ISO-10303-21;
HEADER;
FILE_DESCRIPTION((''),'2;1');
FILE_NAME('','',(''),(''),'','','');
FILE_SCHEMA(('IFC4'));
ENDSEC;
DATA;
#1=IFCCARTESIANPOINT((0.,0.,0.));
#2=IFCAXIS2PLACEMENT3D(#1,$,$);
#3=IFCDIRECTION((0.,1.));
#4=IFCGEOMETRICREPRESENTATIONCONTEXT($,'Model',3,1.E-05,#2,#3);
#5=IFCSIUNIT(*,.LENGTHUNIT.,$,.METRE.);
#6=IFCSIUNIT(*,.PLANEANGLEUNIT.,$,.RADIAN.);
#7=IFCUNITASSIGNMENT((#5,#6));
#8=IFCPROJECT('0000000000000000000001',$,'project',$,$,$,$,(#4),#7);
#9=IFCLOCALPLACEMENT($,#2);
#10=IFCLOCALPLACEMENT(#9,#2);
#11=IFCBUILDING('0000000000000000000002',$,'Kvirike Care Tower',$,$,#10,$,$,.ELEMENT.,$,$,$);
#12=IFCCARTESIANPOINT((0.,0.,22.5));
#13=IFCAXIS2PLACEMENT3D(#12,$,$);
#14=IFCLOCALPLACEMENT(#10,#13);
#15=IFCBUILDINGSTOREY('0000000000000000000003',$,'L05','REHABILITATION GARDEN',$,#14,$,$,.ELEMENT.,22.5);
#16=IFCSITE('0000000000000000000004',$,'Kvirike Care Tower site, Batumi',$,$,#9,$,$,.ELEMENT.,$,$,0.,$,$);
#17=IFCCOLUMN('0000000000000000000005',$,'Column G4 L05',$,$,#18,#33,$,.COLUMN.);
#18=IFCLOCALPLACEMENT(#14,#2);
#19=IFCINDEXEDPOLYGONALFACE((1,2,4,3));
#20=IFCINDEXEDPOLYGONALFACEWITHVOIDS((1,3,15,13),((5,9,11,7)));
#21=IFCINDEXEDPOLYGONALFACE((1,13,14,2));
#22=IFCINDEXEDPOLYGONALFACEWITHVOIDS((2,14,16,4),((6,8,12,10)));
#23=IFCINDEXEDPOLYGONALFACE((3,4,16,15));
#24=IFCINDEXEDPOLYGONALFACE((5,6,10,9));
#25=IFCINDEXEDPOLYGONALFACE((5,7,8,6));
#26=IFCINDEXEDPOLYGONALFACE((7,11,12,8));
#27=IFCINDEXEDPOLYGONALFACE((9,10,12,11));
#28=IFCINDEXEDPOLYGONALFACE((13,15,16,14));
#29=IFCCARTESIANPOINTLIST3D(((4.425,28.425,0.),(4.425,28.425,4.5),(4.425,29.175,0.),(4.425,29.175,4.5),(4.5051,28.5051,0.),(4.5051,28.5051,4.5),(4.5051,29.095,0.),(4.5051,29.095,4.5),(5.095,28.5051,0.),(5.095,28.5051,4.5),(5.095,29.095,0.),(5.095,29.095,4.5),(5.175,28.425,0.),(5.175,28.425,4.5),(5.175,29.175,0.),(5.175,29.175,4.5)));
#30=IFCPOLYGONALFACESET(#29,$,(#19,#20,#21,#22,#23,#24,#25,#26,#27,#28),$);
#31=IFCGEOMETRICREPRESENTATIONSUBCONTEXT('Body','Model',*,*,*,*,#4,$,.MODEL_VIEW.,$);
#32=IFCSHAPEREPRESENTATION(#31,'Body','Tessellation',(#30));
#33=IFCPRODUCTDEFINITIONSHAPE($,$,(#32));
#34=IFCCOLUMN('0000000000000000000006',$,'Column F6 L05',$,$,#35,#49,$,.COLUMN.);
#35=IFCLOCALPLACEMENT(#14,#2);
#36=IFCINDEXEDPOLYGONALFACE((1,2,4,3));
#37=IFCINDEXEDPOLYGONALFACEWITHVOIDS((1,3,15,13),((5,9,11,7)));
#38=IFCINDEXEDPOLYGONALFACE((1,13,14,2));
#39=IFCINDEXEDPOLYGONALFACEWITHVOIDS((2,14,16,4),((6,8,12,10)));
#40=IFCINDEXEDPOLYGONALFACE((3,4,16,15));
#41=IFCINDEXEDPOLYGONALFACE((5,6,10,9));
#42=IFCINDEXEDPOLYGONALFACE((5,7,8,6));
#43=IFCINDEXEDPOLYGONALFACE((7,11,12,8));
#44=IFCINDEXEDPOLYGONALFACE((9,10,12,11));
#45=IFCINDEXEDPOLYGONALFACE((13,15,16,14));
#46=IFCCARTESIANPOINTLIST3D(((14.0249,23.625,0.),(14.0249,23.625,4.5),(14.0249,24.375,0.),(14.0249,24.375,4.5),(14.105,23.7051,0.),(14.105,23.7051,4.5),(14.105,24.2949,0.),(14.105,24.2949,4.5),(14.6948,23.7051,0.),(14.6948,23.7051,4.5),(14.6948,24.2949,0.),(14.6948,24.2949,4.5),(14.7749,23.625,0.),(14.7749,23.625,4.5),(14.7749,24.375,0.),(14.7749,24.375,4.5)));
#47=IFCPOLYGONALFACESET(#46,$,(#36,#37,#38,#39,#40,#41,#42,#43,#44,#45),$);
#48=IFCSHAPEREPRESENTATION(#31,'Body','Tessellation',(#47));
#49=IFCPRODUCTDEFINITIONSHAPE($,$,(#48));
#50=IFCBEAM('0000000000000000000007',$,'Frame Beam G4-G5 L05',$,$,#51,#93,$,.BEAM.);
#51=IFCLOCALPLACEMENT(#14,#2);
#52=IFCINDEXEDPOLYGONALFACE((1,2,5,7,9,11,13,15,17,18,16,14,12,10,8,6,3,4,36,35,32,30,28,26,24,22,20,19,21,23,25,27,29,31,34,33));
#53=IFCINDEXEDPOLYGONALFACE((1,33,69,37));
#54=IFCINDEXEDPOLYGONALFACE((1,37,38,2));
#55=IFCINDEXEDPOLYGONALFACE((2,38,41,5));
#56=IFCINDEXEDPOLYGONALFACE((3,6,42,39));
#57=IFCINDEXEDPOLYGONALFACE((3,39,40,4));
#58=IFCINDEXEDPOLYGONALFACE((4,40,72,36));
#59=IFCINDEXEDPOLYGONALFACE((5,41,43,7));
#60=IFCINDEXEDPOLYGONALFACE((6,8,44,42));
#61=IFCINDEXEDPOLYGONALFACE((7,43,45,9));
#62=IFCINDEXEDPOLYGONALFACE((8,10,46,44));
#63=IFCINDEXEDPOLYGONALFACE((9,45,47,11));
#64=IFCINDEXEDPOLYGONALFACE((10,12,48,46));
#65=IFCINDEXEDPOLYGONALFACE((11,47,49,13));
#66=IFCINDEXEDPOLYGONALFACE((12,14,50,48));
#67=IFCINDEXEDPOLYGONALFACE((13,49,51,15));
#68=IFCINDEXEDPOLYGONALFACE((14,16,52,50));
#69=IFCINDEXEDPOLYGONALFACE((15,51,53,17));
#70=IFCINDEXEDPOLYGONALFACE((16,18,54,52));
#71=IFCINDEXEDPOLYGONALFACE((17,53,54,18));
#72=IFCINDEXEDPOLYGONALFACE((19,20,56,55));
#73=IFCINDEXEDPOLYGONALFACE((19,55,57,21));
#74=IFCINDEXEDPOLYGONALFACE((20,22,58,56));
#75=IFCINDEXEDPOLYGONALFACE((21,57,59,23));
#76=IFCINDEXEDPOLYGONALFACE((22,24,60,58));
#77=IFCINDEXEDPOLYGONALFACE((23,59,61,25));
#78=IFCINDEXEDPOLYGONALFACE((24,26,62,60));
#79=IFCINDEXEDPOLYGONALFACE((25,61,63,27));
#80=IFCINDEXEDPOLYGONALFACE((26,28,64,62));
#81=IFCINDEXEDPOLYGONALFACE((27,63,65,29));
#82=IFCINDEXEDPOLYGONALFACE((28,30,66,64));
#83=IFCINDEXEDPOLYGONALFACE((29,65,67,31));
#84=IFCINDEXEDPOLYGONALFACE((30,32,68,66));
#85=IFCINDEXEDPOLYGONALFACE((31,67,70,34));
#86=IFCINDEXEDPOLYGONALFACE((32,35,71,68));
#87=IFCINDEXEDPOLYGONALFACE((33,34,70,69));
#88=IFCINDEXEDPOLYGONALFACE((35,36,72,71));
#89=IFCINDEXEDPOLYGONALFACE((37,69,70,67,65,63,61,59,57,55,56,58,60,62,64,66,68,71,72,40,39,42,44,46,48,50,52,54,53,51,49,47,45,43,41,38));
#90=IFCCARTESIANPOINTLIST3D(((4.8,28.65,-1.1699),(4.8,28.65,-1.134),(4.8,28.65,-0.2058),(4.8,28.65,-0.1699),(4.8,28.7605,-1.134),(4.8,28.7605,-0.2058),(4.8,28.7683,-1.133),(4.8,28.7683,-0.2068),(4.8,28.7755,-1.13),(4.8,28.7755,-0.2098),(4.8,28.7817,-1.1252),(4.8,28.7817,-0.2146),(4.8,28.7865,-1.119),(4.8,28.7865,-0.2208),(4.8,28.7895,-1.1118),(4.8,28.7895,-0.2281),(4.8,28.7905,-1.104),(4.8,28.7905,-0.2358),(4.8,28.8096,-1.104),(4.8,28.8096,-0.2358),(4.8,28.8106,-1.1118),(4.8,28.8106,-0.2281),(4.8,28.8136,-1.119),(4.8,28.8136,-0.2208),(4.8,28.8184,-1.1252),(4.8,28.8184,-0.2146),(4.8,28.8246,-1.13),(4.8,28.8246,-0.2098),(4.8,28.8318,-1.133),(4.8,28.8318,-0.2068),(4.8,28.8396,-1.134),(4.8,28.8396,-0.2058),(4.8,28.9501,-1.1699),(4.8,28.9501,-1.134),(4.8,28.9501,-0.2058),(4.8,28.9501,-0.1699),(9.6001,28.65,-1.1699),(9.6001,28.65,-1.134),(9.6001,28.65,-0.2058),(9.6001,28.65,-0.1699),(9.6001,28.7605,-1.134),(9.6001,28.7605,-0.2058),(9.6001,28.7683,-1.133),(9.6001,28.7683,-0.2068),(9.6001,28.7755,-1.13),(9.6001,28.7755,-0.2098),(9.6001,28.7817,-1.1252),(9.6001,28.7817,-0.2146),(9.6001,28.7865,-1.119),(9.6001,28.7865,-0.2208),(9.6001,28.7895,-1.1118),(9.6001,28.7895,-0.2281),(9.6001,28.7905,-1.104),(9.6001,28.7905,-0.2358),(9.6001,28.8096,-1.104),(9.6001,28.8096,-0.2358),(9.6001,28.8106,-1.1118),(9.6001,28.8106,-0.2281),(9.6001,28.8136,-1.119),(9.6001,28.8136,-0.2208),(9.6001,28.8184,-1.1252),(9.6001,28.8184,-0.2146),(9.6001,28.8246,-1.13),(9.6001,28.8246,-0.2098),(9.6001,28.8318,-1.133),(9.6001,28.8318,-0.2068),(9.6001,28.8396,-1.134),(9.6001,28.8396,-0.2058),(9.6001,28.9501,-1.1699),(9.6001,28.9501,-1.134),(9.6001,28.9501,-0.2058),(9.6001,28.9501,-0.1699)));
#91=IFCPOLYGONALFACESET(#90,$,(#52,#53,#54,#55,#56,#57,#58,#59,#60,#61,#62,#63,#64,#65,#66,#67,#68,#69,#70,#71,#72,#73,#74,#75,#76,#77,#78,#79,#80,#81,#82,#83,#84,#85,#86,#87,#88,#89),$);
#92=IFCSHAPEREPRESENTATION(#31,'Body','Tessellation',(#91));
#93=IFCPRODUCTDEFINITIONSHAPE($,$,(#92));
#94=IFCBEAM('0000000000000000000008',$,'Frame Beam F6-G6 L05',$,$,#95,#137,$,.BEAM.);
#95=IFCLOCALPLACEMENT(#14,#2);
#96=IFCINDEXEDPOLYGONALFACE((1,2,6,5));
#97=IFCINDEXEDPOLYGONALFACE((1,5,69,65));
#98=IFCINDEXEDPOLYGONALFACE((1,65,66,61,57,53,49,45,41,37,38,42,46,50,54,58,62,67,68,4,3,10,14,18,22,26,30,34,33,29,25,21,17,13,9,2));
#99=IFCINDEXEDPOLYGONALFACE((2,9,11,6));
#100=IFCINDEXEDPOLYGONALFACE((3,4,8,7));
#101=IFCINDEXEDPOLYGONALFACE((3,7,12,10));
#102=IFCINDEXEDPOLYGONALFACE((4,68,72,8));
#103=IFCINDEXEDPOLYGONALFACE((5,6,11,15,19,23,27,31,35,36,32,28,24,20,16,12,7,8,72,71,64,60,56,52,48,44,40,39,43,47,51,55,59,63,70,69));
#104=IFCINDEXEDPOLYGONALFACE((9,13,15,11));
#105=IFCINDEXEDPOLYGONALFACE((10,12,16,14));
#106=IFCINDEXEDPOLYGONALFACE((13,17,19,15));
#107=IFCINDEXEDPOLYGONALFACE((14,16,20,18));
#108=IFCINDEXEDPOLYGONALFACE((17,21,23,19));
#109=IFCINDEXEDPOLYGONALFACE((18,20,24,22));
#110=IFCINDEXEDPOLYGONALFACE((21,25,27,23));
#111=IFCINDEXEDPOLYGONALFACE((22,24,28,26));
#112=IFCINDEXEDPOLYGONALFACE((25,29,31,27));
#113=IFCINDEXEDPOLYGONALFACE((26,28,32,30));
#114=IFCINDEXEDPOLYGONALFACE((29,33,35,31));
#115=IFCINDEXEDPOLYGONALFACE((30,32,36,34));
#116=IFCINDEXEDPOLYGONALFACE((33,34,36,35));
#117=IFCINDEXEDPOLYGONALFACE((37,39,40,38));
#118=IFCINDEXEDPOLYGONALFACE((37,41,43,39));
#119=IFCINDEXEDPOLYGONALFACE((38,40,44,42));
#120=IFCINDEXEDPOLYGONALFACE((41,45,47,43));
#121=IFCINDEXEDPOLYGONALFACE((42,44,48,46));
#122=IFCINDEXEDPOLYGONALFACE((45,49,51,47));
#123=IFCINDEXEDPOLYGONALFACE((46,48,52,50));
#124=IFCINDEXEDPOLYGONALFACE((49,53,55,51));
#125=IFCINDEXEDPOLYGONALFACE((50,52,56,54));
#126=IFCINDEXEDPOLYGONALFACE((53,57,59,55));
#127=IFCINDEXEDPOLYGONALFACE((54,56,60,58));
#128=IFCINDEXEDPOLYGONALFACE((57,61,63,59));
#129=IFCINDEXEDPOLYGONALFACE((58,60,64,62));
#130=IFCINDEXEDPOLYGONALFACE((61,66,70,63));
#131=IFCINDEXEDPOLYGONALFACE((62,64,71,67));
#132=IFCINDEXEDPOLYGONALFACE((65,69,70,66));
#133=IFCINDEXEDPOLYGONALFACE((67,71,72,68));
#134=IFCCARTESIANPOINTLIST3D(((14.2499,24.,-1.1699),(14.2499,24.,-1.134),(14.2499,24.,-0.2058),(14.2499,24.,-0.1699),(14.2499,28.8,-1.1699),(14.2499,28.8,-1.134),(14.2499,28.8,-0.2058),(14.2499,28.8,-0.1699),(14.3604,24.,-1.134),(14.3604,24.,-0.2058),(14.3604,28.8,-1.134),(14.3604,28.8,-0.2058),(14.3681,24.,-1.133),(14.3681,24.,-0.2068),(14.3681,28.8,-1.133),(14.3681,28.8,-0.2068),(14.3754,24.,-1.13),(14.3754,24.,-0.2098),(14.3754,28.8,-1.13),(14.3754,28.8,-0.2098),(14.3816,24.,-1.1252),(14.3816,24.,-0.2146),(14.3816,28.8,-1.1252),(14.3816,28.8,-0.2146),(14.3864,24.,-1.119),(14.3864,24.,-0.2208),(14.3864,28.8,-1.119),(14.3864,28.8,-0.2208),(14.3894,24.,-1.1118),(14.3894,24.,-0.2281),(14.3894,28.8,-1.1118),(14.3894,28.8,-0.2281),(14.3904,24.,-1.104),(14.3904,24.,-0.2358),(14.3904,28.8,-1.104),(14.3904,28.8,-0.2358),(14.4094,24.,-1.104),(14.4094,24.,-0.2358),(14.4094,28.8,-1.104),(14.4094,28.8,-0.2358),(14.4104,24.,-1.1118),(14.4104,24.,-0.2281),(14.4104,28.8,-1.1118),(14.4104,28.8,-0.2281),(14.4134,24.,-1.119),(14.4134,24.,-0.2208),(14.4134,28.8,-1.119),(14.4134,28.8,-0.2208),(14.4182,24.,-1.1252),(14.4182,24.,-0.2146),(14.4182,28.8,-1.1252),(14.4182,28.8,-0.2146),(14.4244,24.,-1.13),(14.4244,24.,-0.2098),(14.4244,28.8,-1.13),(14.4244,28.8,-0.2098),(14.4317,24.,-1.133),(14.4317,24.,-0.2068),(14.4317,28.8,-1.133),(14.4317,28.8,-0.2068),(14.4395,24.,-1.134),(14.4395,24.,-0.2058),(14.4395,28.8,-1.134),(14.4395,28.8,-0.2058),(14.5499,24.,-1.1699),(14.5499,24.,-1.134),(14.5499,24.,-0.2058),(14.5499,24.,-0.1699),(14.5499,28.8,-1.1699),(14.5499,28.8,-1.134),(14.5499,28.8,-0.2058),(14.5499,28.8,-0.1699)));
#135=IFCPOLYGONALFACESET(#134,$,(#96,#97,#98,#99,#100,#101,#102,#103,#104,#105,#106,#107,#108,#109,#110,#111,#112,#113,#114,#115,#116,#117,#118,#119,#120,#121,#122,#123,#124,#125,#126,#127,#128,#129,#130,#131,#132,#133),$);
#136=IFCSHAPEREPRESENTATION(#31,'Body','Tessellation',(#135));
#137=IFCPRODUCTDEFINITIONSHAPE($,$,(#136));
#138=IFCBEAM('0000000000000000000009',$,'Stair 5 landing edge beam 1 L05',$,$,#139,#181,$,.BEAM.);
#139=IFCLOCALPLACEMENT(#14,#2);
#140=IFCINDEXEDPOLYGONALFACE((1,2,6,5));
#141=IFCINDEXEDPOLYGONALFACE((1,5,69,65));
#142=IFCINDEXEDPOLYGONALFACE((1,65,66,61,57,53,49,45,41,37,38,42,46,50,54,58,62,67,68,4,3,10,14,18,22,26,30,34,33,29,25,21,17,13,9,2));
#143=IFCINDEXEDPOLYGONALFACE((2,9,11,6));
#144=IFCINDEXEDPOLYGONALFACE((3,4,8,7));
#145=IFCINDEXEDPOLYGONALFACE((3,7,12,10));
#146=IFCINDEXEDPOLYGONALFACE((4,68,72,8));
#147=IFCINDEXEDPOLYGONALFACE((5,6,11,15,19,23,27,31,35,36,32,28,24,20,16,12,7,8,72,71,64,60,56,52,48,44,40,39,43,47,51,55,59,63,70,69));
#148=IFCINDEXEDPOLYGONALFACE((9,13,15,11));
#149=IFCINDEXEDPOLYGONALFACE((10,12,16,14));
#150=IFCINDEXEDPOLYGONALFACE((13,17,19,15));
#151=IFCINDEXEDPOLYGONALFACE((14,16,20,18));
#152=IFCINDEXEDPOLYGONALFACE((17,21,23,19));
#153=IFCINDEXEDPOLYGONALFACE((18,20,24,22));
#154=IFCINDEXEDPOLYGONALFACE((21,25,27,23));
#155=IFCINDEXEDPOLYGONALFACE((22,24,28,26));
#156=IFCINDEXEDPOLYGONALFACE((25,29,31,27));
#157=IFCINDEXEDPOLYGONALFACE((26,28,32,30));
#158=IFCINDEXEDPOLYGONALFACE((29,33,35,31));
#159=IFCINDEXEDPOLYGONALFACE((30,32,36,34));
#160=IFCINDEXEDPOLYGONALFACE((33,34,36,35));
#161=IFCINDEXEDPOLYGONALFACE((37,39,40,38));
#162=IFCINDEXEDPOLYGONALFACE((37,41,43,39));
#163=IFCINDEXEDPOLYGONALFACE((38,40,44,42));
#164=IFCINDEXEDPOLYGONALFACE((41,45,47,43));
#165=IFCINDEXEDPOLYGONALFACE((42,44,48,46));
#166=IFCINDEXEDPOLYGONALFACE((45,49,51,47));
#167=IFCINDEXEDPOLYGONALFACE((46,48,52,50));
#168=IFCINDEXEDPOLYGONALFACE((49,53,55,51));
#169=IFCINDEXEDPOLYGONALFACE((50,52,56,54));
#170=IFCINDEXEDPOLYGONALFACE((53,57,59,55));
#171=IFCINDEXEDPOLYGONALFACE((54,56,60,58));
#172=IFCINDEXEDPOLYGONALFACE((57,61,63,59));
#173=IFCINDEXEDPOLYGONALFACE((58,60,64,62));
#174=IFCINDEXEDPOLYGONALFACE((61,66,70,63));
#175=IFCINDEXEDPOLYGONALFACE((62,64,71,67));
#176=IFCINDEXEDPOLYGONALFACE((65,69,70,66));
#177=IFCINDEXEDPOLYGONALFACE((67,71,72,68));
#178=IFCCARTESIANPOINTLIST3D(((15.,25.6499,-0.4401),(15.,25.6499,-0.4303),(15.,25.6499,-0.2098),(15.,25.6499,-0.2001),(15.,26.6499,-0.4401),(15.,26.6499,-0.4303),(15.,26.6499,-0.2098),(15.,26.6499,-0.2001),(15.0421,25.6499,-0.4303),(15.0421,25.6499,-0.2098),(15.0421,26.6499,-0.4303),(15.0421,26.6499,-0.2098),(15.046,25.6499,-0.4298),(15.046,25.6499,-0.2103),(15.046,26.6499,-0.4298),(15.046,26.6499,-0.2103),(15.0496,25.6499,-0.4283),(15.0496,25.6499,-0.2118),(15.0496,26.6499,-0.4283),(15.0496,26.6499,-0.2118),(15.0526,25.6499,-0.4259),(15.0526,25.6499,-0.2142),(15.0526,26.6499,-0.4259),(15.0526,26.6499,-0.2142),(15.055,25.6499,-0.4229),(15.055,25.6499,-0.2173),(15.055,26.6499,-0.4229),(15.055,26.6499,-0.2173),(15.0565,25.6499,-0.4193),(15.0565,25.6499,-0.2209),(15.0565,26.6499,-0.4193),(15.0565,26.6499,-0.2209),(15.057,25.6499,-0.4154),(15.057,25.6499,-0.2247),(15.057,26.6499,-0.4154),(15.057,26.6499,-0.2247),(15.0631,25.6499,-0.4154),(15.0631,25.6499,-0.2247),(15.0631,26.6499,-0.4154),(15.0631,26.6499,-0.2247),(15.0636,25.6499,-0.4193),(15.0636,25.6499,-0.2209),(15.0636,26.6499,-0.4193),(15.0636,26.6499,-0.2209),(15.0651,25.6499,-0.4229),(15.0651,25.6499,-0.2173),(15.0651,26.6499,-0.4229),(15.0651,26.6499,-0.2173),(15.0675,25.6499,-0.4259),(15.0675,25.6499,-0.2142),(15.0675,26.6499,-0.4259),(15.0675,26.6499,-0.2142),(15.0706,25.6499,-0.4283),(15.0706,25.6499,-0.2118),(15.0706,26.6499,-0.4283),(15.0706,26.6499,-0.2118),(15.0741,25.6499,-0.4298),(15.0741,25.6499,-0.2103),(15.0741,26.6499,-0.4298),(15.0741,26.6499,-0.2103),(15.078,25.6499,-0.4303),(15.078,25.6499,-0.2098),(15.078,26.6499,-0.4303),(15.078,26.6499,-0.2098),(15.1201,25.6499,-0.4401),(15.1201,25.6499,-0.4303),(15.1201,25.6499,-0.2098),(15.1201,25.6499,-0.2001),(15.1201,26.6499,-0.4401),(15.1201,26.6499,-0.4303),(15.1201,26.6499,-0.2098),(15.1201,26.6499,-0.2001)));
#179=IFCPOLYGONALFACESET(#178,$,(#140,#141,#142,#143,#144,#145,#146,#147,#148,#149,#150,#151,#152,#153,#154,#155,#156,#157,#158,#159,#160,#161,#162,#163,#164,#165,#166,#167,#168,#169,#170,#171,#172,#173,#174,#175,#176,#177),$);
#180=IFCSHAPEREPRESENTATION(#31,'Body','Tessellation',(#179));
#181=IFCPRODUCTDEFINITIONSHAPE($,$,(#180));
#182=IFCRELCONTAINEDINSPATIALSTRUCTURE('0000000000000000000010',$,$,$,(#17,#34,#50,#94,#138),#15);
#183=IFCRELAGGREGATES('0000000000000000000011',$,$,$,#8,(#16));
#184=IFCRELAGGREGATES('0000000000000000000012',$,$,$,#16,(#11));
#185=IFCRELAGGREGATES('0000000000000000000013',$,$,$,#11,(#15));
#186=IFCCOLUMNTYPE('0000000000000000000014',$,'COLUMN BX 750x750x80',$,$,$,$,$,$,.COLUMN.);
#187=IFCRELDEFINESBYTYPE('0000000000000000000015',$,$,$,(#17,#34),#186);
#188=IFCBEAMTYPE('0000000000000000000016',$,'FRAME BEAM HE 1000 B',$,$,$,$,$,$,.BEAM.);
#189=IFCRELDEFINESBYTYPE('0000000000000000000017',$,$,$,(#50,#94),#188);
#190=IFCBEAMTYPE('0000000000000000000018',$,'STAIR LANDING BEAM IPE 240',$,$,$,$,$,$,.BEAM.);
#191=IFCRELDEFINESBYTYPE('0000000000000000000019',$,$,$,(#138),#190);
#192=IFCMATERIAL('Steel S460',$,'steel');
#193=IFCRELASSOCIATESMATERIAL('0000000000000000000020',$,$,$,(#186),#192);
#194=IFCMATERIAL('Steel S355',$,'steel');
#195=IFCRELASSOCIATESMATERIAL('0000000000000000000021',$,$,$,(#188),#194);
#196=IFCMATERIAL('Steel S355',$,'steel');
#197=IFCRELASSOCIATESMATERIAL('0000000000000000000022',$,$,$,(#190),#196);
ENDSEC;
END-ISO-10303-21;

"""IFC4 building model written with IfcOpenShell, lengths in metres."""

from ifc_helpers import new_model, si_unit, direction, frame, origin, origin_2d, place, context, subcontext, project, spatial, hollow_rectangle, i_section, extrude, material, material_profile, profile_set, type_object, element, save


model = new_model("IFC4")

# Units and contexts
model_context = context("Model", 3, precision=1e-05, world=origin(), true_north=direction((0.0, 1.0)))
body_context = subcontext(model_context, "Body", "Model", "MODEL_VIEW")
ifc_project = project(units=[si_unit("LENGTHUNIT", "METRE"), si_unit("PLANEANGLEUNIT", "RADIAN")], contexts=[model_context])

# Site, building, storey
site_placement = place(None, origin())
site = spatial("IfcSite", under=ifc_project, at=site_placement, Name="Kvirike Care Tower site, Batumi", CompositionType="ELEMENT", RefElevation=0.0)
building_placement = place(site_placement, origin())
building = spatial("IfcBuilding", under=site, at=building_placement, Name="Kvirike Care Tower", CompositionType="ELEMENT")
storey_placement = place(building_placement, frame((0.0, 0.0, 22.5)))
storey = spatial("IfcBuildingStorey", under=building, at=storey_placement, Name="L05", Description="REHABILITATION GARDEN", CompositionType="ELEMENT", Elevation=22.5)

# Columns
ifc_material_1 = material(Name="Steel S460", Category="steel")
ifc_material_profile_1 = material_profile(ifc_material_1, hollow_rectangle(XDim=0.75, YDim=0.75, WallThickness=0.0801, at=origin_2d()), Name="BX 750x750x80")
ifc_profile_set_1 = profile_set([ifc_material_profile_1], Name="Steel S460")
column_type = type_object("IfcColumnType", Name="COLUMN BX 750x750x80", PredefinedType="COLUMN", material=ifc_profile_set_1)
for number, where, z_axis, x_axis, name in (
    (1, (4.8, 28.8, 0.0), (0.0, 0.0, 1.0), (0.0, 1.0, 0.0), "Column G4 L05"),
    (2, (14.3999, 24.0, 0.0), (0.0, 0.0, 1.0), (1.0, 0.0, 0.0), "Column F6 L05"),
):
    element("IfcColumn", number, at=place(storey_placement, frame(where, z_axis=z_axis, x_axis=x_axis)), inside=storey, type_object=column_type, Name=name, PredefinedType="COLUMN", context=body_context, shape_type="SweptSolid", body=[
        extrude(hollow_rectangle(XDim=0.75, YDim=0.75, WallThickness=0.0801, at=origin_2d()), origin(), (0.0, 0.0, 1.0), 4.5),
    ])

# Beams
ifc_material_2 = material(Name="Steel S355", Category="steel")
ifc_material_profile_2 = material_profile(ifc_material_2, i_section(OverallWidth=0.3, OverallDepth=1.0, WebThickness=0.019, FlangeThickness=0.0359, FilletRadius=0.03, at=origin_2d()), Name="HE 1000 B")
ifc_profile_set_2 = profile_set([ifc_material_profile_2], Name="Steel S355")
beam_type_1 = type_object("IfcBeamType", Name="FRAME BEAM HE 1000 B", PredefinedType="BEAM", material=ifc_profile_set_2)
for number, where, z_axis, x_axis, name in (
    (3, (4.8, 28.8, -0.6699), (1.0, 0.0, 0.0), (0.0, 1.0, 0.0), "Frame Beam G4-G5 L05"),
    (4, (14.3999, 24.0, -0.6699), (0.0, 1.0, 0.0), (-1.0, 0.0, 0.0), "Frame Beam F6-G6 L05"),
):
    element("IfcBeam", number, at=place(storey_placement, frame(where, z_axis=z_axis, x_axis=x_axis)), inside=storey, type_object=beam_type_1, Name=name, PredefinedType="BEAM", context=body_context, shape_type="SweptSolid", body=[
        extrude(i_section(OverallWidth=0.3, OverallDepth=1.0, WebThickness=0.019, FlangeThickness=0.0359, FilletRadius=0.03, at=origin_2d()), origin(), (0.0, 0.0, 1.0), 4.8),
    ])
ifc_material_3 = material(Name="Steel S355", Category="steel")
ifc_material_profile_3 = material_profile(ifc_material_3, i_section(OverallWidth=0.1201, OverallDepth=0.24, WebThickness=0.0061, FlangeThickness=0.0098, FilletRadius=0.0149, at=origin_2d()), Name="IPE 240")
ifc_profile_set_3 = profile_set([ifc_material_profile_3], Name="Steel S355")
beam_type_2 = type_object("IfcBeamType", Name="STAIR LANDING BEAM IPE 240", PredefinedType="BEAM", material=ifc_profile_set_3)
for number, where, z_axis, x_axis, name in (
    (5, (15.0601, 25.6499, -0.3201), (0.0, 1.0, 0.0), (-1.0, 0.0, 0.0), "Stair 5 landing edge beam 1 L05"),
):
    element("IfcBeam", number, at=place(storey_placement, frame(where, z_axis=z_axis, x_axis=x_axis)), inside=storey, type_object=beam_type_2, Name=name, PredefinedType="BEAM", context=body_context, shape_type="SweptSolid", body=[
        extrude(i_section(OverallWidth=0.1201, OverallDepth=0.24, WebThickness=0.0061, FlangeThickness=0.0098, FilletRadius=0.0149, at=origin_2d()), origin(), (0.0, 0.0, 1.0), 1.0),
    ])

save(model, "model.ifc")
